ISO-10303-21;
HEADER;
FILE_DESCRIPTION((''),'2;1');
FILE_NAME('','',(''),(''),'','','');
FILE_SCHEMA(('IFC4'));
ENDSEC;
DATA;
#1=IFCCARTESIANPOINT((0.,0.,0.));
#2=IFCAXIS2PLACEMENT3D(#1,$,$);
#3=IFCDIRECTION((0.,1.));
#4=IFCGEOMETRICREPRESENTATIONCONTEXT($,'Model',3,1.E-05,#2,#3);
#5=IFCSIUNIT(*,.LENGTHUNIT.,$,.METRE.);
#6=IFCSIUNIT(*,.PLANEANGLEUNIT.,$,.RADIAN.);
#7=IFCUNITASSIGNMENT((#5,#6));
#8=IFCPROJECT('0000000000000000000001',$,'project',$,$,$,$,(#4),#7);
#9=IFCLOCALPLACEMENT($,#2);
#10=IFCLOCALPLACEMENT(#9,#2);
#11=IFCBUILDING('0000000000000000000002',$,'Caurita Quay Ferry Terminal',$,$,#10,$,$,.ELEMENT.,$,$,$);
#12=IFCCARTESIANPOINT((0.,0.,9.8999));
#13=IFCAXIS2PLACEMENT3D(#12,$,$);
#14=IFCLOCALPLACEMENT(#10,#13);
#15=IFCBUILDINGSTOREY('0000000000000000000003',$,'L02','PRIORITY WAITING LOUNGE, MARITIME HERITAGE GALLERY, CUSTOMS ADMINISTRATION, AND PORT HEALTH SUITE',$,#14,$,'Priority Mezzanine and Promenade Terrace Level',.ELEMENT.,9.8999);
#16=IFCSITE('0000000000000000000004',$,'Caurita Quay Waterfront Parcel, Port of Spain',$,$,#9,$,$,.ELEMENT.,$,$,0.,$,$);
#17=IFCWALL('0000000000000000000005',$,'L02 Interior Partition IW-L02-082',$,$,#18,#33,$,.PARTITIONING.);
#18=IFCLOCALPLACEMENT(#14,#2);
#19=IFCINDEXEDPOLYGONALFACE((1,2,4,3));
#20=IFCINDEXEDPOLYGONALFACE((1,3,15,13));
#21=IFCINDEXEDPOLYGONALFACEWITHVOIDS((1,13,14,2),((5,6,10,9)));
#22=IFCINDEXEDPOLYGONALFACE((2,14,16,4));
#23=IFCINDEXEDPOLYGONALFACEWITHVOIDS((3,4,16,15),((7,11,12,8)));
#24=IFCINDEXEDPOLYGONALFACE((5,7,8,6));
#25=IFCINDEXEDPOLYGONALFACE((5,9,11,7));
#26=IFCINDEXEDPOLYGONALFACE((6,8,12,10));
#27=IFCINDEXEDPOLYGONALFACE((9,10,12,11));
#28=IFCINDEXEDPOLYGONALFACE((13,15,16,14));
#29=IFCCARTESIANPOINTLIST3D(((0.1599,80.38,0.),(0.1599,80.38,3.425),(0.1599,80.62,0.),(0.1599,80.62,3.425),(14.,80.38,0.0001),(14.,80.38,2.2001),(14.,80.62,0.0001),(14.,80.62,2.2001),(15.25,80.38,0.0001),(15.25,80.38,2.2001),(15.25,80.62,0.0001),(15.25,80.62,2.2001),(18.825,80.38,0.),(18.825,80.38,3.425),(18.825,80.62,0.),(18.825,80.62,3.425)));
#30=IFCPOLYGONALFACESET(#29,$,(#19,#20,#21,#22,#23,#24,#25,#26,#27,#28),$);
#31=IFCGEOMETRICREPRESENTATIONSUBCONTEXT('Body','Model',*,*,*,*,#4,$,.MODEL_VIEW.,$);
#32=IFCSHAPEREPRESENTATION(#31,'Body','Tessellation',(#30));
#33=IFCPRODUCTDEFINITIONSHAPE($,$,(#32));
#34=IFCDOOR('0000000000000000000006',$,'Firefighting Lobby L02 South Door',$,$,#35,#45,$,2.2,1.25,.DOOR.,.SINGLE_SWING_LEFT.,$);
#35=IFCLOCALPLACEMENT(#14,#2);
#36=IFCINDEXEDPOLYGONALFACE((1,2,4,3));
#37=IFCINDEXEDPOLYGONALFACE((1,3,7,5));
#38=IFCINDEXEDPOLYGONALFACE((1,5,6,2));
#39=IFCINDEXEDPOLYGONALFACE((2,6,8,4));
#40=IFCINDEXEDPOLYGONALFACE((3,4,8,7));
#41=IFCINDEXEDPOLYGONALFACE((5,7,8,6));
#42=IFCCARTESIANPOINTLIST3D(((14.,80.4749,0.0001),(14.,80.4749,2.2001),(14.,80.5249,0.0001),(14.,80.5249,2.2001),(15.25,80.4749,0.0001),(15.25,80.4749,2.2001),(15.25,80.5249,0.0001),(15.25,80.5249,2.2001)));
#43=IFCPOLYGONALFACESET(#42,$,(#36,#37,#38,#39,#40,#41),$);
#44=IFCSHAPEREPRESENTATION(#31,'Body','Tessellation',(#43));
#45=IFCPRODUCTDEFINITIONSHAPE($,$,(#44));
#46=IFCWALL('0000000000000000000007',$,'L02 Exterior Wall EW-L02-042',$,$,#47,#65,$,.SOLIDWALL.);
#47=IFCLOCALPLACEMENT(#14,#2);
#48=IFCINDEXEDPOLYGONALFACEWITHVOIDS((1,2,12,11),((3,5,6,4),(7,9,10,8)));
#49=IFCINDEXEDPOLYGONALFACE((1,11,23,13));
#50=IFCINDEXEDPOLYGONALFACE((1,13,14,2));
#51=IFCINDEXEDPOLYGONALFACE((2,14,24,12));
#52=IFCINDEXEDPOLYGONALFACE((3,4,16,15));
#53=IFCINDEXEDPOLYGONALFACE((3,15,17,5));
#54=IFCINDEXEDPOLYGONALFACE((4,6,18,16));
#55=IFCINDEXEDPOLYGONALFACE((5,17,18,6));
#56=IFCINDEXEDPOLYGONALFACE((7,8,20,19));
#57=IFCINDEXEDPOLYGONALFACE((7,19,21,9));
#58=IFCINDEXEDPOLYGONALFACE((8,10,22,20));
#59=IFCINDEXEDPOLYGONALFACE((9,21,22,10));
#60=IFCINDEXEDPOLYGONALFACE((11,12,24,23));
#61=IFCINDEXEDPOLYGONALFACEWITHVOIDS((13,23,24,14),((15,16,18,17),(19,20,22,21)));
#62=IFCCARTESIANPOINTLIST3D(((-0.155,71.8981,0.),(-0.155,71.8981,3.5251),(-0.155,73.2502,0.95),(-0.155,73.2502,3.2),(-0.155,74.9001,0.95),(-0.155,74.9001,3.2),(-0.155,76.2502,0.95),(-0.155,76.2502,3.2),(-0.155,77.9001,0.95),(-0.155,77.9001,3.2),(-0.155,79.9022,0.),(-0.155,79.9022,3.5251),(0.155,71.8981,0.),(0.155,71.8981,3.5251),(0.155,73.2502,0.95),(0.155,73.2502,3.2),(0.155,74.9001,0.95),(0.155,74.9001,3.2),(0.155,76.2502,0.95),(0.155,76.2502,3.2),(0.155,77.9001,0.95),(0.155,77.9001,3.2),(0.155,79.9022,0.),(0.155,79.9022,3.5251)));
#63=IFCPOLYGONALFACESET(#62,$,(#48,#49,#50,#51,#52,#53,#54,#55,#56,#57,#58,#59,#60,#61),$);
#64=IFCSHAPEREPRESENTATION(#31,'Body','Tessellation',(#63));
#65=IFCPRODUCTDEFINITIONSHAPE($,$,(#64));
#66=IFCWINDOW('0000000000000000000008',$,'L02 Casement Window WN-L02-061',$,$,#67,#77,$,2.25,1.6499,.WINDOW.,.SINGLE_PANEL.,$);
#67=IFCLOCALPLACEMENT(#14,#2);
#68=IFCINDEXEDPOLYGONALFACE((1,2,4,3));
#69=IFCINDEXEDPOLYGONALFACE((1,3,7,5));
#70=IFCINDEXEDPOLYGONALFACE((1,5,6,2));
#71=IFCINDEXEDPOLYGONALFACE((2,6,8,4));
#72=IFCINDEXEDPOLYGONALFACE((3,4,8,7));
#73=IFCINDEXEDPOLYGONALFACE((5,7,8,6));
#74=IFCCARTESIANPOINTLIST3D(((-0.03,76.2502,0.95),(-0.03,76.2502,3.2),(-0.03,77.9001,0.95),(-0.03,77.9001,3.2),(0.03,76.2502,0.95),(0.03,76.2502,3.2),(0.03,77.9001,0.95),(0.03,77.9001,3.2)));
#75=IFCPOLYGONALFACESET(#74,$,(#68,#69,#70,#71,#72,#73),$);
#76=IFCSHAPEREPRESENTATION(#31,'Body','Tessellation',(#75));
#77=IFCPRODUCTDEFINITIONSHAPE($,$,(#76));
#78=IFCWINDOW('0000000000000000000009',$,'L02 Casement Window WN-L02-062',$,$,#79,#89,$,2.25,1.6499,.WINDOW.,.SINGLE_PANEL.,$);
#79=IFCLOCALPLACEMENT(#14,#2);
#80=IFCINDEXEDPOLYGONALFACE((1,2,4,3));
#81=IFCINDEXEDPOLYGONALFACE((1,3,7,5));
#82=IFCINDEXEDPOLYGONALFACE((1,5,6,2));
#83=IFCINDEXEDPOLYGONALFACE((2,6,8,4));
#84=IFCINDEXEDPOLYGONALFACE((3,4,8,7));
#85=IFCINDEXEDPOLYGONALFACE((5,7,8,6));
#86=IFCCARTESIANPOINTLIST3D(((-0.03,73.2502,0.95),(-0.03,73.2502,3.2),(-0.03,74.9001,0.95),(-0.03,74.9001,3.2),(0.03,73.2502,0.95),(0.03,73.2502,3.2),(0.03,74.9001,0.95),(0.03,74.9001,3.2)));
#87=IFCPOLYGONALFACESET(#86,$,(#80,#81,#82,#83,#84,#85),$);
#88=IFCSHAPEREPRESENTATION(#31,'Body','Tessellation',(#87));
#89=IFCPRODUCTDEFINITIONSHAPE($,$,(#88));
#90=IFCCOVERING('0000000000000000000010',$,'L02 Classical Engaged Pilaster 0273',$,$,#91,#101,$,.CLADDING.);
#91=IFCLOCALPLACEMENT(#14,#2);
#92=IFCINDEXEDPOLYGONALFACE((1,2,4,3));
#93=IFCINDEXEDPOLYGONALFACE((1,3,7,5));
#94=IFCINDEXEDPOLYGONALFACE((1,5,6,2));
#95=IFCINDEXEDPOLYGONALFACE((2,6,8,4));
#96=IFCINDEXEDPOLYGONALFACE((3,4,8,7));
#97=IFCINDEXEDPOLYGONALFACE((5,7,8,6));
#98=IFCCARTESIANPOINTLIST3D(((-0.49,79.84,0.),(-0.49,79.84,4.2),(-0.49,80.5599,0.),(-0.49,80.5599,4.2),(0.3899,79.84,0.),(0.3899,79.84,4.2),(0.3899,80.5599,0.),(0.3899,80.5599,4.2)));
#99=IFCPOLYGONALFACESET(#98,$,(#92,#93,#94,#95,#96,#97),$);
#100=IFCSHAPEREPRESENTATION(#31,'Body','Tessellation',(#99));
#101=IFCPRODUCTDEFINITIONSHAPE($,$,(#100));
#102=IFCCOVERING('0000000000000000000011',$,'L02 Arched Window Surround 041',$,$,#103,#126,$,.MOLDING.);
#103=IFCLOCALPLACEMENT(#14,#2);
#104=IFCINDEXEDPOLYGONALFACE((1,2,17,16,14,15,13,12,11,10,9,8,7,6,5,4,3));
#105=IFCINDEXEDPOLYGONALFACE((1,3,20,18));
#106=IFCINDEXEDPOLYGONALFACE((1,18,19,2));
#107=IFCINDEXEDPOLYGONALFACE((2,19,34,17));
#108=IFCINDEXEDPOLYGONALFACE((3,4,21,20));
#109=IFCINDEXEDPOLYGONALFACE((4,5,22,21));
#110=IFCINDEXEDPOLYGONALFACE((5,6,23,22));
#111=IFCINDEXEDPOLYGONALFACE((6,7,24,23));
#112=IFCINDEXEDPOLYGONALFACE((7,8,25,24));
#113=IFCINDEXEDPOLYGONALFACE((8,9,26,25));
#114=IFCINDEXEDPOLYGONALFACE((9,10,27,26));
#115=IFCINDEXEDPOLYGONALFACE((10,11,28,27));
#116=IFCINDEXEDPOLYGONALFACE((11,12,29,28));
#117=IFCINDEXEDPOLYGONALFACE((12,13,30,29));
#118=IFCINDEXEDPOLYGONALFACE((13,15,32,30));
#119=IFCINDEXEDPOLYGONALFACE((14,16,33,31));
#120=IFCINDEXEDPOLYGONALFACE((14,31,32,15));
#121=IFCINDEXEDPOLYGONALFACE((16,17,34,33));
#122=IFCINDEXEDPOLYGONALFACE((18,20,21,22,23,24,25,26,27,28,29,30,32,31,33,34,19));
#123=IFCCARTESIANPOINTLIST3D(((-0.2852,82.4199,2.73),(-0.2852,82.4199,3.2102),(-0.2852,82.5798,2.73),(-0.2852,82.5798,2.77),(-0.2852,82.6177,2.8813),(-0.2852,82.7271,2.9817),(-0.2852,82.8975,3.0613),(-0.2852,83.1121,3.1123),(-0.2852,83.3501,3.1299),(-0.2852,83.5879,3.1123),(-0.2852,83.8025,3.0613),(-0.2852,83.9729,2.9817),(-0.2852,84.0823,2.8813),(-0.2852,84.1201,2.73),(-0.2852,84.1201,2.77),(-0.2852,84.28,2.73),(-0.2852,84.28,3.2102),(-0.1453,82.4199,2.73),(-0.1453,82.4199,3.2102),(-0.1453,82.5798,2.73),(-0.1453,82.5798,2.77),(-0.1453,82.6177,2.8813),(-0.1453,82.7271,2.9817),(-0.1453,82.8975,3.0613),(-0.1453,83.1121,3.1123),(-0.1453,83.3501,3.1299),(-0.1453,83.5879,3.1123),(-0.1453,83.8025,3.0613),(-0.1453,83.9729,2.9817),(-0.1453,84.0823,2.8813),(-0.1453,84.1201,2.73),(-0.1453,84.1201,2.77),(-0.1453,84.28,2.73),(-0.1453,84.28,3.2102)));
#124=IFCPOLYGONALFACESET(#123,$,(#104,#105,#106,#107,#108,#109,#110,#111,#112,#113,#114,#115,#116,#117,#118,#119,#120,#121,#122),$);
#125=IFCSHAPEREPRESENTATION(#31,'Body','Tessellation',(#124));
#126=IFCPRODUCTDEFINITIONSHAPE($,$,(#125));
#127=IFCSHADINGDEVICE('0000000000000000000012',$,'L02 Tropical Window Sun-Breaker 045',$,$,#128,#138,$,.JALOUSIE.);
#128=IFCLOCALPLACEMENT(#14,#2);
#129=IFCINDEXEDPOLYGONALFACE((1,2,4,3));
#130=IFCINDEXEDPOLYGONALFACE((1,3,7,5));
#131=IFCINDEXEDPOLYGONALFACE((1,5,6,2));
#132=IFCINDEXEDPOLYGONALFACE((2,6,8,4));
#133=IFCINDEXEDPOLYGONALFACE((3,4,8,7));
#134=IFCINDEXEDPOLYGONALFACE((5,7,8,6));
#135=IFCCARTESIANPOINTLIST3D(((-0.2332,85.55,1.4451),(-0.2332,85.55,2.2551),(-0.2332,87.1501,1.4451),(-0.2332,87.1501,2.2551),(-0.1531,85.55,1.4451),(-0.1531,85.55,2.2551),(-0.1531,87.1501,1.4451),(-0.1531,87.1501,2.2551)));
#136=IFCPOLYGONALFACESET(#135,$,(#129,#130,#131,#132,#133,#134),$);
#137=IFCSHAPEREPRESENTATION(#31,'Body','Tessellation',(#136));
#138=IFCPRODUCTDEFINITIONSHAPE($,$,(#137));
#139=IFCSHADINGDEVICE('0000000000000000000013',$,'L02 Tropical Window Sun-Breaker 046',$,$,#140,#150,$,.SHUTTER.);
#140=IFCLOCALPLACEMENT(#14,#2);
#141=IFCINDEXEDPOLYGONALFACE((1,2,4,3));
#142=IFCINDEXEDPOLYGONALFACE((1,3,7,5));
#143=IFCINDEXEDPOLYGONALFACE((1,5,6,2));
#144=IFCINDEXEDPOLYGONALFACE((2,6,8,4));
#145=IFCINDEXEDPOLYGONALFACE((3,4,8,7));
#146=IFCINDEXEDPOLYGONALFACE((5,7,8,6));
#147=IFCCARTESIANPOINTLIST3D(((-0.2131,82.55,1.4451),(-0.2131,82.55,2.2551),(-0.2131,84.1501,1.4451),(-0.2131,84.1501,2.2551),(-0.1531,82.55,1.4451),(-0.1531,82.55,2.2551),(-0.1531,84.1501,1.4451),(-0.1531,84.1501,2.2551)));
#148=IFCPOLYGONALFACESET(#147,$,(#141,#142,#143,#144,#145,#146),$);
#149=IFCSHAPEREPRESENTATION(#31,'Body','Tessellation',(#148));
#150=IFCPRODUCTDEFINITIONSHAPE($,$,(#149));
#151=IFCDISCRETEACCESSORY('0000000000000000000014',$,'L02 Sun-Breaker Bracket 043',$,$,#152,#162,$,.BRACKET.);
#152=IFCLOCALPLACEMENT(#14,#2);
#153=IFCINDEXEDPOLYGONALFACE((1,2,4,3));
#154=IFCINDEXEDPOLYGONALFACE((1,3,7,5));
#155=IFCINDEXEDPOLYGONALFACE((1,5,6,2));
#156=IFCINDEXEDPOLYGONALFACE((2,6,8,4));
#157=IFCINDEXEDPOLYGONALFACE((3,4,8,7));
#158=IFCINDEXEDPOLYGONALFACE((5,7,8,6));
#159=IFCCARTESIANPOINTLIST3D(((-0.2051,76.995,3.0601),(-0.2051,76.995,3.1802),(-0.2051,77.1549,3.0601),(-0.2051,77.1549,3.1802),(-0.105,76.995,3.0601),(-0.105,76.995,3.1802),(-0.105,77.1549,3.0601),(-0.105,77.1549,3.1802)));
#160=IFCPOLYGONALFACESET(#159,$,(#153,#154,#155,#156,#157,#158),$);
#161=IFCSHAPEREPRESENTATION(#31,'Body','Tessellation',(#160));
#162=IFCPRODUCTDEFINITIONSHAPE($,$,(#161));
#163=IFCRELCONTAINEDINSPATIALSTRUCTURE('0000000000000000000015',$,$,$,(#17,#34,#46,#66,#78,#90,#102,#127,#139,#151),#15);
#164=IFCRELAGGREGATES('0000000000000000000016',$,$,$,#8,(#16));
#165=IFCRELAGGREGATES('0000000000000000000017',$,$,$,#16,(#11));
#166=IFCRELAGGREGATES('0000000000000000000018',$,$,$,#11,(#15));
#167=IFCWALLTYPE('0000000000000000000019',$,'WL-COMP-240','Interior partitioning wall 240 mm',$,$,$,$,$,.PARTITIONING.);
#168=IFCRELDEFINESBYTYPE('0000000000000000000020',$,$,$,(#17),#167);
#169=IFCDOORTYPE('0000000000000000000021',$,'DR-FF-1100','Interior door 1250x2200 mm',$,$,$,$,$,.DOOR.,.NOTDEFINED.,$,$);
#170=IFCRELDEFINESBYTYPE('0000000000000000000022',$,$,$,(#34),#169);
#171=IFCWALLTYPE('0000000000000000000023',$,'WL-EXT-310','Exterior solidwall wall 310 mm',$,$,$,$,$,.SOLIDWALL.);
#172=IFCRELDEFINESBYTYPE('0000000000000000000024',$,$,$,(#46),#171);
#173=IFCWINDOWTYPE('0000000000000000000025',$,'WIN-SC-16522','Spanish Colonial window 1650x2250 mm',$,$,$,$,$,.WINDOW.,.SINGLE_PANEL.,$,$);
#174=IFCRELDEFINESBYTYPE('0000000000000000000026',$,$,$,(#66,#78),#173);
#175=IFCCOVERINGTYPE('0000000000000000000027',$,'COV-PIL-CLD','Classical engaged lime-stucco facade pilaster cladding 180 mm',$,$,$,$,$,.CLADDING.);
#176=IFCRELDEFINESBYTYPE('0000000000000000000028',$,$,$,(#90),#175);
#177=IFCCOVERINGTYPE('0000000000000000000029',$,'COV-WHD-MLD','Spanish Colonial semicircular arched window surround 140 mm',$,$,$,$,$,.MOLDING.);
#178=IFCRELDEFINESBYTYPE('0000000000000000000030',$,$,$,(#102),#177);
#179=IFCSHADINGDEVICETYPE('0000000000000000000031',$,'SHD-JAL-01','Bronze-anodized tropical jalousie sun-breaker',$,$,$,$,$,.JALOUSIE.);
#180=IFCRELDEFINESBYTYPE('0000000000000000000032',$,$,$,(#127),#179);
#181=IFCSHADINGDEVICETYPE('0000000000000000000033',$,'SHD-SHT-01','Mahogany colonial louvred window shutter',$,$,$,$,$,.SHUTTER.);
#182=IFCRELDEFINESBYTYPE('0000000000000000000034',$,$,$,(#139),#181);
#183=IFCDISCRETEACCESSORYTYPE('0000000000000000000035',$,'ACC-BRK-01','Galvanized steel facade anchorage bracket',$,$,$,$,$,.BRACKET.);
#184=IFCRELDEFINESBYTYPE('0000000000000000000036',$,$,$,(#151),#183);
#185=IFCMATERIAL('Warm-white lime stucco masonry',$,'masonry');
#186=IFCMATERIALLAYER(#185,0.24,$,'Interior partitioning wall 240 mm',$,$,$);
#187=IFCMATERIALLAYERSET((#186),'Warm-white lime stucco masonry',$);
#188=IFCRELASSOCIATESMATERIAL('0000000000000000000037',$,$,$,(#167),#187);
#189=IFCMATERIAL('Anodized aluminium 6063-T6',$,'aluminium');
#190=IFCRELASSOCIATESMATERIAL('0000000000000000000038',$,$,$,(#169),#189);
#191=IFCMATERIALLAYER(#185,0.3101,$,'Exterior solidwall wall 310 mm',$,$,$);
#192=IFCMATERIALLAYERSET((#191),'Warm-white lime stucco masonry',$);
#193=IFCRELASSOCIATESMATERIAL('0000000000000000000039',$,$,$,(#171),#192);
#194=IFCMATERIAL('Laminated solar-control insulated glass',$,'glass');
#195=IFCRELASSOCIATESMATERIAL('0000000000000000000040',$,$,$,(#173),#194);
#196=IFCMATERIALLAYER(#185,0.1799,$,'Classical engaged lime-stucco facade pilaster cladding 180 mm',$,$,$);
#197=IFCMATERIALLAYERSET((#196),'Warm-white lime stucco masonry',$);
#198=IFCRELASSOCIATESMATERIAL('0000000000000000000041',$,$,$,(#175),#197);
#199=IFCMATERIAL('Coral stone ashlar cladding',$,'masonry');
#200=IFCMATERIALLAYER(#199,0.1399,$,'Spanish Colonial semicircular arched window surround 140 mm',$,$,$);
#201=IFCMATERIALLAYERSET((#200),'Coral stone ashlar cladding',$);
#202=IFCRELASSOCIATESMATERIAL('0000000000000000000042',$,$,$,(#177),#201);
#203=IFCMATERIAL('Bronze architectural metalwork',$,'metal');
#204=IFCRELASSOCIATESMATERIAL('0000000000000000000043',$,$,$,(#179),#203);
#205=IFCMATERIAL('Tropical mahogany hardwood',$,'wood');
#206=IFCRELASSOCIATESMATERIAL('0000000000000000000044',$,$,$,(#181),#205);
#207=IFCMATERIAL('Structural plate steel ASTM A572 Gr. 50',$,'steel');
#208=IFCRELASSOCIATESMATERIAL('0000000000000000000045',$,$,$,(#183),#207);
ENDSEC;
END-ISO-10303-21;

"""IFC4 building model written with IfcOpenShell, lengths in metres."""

from ifc_helpers import new_model, si_unit, direction, frame, frame_2d, origin, origin_2d, place, context, subcontext, project, spatial, polyline, rectangle, outline, extrude, material, layer, layer_set, type_object, element, fill, save


model = new_model("IFC4")

# Units and contexts
model_context = context("Model", 3, precision=1e-05, world=origin(), true_north=direction((0.0, 1.0)))
body_context = subcontext(model_context, "Body", "Model", "MODEL_VIEW")
ifc_project = project(units=[si_unit("LENGTHUNIT", "METRE"), si_unit("PLANEANGLEUNIT", "RADIAN")], contexts=[model_context])

# Site, building, storey
site_placement = place(None, origin())
site = spatial("IfcSite", under=ifc_project, at=site_placement, Name="Caurita Quay Waterfront Parcel, Port of Spain", CompositionType="ELEMENT", RefElevation=0.0)
building_placement = place(site_placement, origin())
building = spatial("IfcBuilding", under=site, at=building_placement, Name="Caurita Quay Ferry Terminal", CompositionType="ELEMENT")
storey_placement = place(building_placement, frame((0.0, 0.0, 9.8999)))
storey = spatial("IfcBuildingStorey", under=building, at=storey_placement, Name="L02", Description="PRIORITY WAITING LOUNGE, MARITIME HERITAGE GALLERY, CUSTOMS ADMINISTRATION, AND PORT HEALTH SUITE", LongName="Priority Mezzanine and Promenade Terrace Level", CompositionType="ELEMENT", Elevation=9.8999)

# Wall, opening, door
ifc_material_1 = material(Name="Warm-white lime stucco masonry", Category="masonry")
ifc_layer_1 = layer(ifc_material_1, 0.24, Name="Interior partitioning wall 240 mm")
ifc_layer_set_1 = layer_set([ifc_layer_1], Name="Warm-white lime stucco masonry")
wall_type_1 = type_object("IfcWallType", Name="WL-COMP-240", Description="Interior partitioning wall 240 mm", PredefinedType="PARTITIONING", material=ifc_layer_set_1)
wall_1_placement = place(storey_placement, frame((0.1599, 80.5, 0.0), z_axis=(0.0, 0.0, 1.0), x_axis=(1.0, 0.0, 0.0)))
wall_1 = element("IfcWall", 1, at=wall_1_placement, inside=storey, type_object=wall_type_1, Name="L02 Interior Partition IW-L02-082", PredefinedType="PARTITIONING", context=body_context, shape_type="SweptSolid", body=[
    extrude(rectangle(XDim=18.665, YDim=0.24, at=frame_2d((9.3325, 0.0))), origin(), (0.0, 0.0, 1.0), 3.425),
])
opening_1_placement = place(wall_1_placement, frame((13.8401, 0.0, 0.0)))
opening_1 = element("IfcOpeningElement", 2, at=opening_1_placement, cuts=wall_1, PredefinedType="OPENING", context=body_context, shape_type="SweptSolid", body=[
    extrude(rectangle(XDim=1.25, YDim=2.2, at=frame_2d((0.625, 1.1001))), frame((0.0, 0.1299, 0.0), z_axis=(0.0, -1.0, 0.0), x_axis=(1.0, 0.0, 0.0)), (0.0, 0.0, 1.0), 0.26),
])
ifc_material_2 = material(Name="Anodized aluminium 6063-T6", Category="aluminium")
door_type = type_object("IfcDoorType", Name="DR-FF-1100", Description="Interior door 1250x2200 mm", OperationType="NOTDEFINED", PredefinedType="DOOR", material=ifc_material_2)
door_placement = place(opening_1_placement, origin())
door = element("IfcDoor", 3, at=door_placement, inside=storey, type_object=door_type, Name="Firefighting Lobby L02 South Door", OperationType="SINGLE_SWING_LEFT", OverallHeight=2.2, OverallWidth=1.25, PredefinedType="DOOR", context=body_context, shape_type="SweptSolid", body=[
    extrude(rectangle(XDim=1.25, YDim=2.2, at=frame_2d((0.625, 1.1001))), frame((0.0, 0.0249, 0.0), z_axis=(0.0, -1.0, 0.0), x_axis=(1.0, 0.0, 0.0)), (0.0, 0.0, 1.0), 0.05),
])
fill(opening_1, door)

# Wall, openings, windows
ifc_layer_2 = layer(ifc_material_1, 0.3101, Name="Exterior solidwall wall 310 mm")
ifc_layer_set_2 = layer_set([ifc_layer_2], Name="Warm-white lime stucco masonry")
wall_type_2 = type_object("IfcWallType", Name="WL-EXT-310", Description="Exterior solidwall wall 310 mm", PredefinedType="SOLIDWALL", material=ifc_layer_set_2)
wall_2_placement = place(storey_placement, frame((0.0, 79.9021, 0.0), z_axis=(0.0, 0.0, 1.0), x_axis=(0.0, -1.0, 0.0)))
wall_2 = element("IfcWall", 4, at=wall_2_placement, inside=storey, type_object=wall_type_2, Name="L02 Exterior Wall EW-L02-042", PredefinedType="SOLIDWALL", context=body_context, shape_type="SweptSolid", body=[
    extrude(rectangle(XDim=8.0042, YDim=0.3101, at=frame_2d((4.002, 0.0))), origin(), (0.0, 0.0, 1.0), 3.5251),
])
opening_2_placement = place(wall_2_placement, frame((2.002, 0.0, 0.95)))
opening_2 = element("IfcOpeningElement", 5, at=opening_2_placement, cuts=wall_2, PredefinedType="OPENING", context=body_context, shape_type="SweptSolid", body=[
    extrude(rectangle(XDim=1.6499, YDim=2.25, at=frame_2d((0.825, 1.125))), frame((0.0, 0.165, 0.0), z_axis=(0.0, -1.0, 0.0), x_axis=(1.0, 0.0, 0.0)), (0.0, 0.0, 1.0), 0.3301),
])
opening_3_placement = place(wall_2_placement, frame((5.002, 0.0, 0.95)))
opening_3 = element("IfcOpeningElement", 6, at=opening_3_placement, cuts=wall_2, PredefinedType="OPENING", context=body_context, shape_type="SweptSolid", body=[
    extrude(rectangle(XDim=1.6499, YDim=2.25, at=frame_2d((0.825, 1.125))), frame((0.0, 0.165, 0.0), z_axis=(0.0, -1.0, 0.0), x_axis=(1.0, 0.0, 0.0)), (0.0, 0.0, 1.0), 0.3301),
])
ifc_material_3 = material(Name="Laminated solar-control insulated glass", Category="glass")
window_type = type_object("IfcWindowType", Name="WIN-SC-16522", Description="Spanish Colonial window 1650x2250 mm", PartitioningType="SINGLE_PANEL", PredefinedType="WINDOW", material=ifc_material_3)
window_1_placement = place(opening_2_placement, origin())
window_1 = element("IfcWindow", 7, at=window_1_placement, inside=storey, type_object=window_type, Name="L02 Casement Window WN-L02-061", OverallHeight=2.25, OverallWidth=1.6499, PartitioningType="SINGLE_PANEL", PredefinedType="WINDOW", context=body_context, shape_type="SweptSolid", body=[
    extrude(rectangle(XDim=1.6499, YDim=2.25, at=frame_2d((0.825, 1.125))), frame((0.0, 0.03, 0.0), z_axis=(0.0, -1.0, 0.0), x_axis=(1.0, 0.0, 0.0)), (0.0, 0.0, 1.0), 0.0601),
])
fill(opening_2, window_1)
window_2_placement = place(opening_3_placement, origin())
window_2 = element("IfcWindow", 8, at=window_2_placement, inside=storey, type_object=window_type, Name="L02 Casement Window WN-L02-062", OverallHeight=2.25, OverallWidth=1.6499, PartitioningType="SINGLE_PANEL", PredefinedType="WINDOW", context=body_context, shape_type="SweptSolid", body=[
    extrude(rectangle(XDim=1.6499, YDim=2.25, at=frame_2d((0.825, 1.125))), frame((0.0, 0.03, 0.0), z_axis=(0.0, -1.0, 0.0), x_axis=(1.0, 0.0, 0.0)), (0.0, 0.0, 1.0), 0.0601),
])
fill(opening_3, window_2)

# Coverings
ifc_layer_3 = layer(ifc_material_1, 0.1799, Name="Classical engaged lime-stucco facade pilaster cladding 180 mm")
ifc_layer_set_3 = layer_set([ifc_layer_3], Name="Warm-white lime stucco masonry")
covering_type_1 = type_object("IfcCoveringType", Name="COV-PIL-CLD", Description="Classical engaged lime-stucco facade pilaster cladding 180 mm", PredefinedType="CLADDING", material=ifc_layer_set_3)
covering_1_placement = place(storey_placement, frame((-0.05, 80.2, 0.0), z_axis=(0.0, 0.0, 1.0), x_axis=(1.0, 0.0, 0.0)))
element("IfcCovering", 9, at=covering_1_placement, inside=storey, type_object=covering_type_1, Name="L02 Classical Engaged Pilaster 0273", PredefinedType="CLADDING", context=body_context, shape_type="SweptSolid", body=[
    extrude(rectangle(XDim=0.8799, YDim=0.72, at=origin_2d()), origin(), (0.0, 0.0, 1.0), 4.2),
])
ifc_material_4 = material(Name="Coral stone ashlar cladding", Category="masonry")
ifc_layer_4 = layer(ifc_material_4, 0.1399, Name="Spanish Colonial semicircular arched window surround 140 mm")
ifc_layer_set_4 = layer_set([ifc_layer_4], Name="Coral stone ashlar cladding")
covering_type_2 = type_object("IfcCoveringType", Name="COV-WHD-MLD", Description="Spanish Colonial semicircular arched window surround 140 mm", PredefinedType="MOLDING", material=ifc_layer_set_4)
covering_2_placement = place(storey_placement, frame((-0.2151, 84.28, 2.73), z_axis=(0.0, 0.0, 1.0), x_axis=(0.0, -1.0, 0.0)))
element("IfcCovering", 10, at=covering_2_placement, inside=storey, type_object=covering_type_2, Name="L02 Arched Window Surround 041", PredefinedType="MOLDING", context=body_context, shape_type="SweptSolid", body=[
    extrude(outline(polyline([(0.0, 0.0), (0.1599, 0.0), (0.1599, 0.04), (0.1978, 0.1514), (0.3071, 0.2517), (0.4775, 0.3313), (0.6921, 0.3823), (0.9299, 0.3999), (1.168, 0.3823), (1.3826, 0.3313), (1.553, 0.2517), (1.6624, 0.1514), (1.7002, 0.04), (1.7002, 0.0), (1.8601, 0.0), (1.8601, 0.4802), (0.0, 0.4802), (0.0, 0.0)])), frame((0.0, 0.0698, 0.0), z_axis=(0.0, -1.0, 0.0), x_axis=(1.0, 0.0, 0.0)), (0.0, 0.0, 1.0), 0.1399),
])

# Shading devices
ifc_material_5 = material(Name="Bronze architectural metalwork", Category="metal")
shading_device_type_1 = type_object("IfcShadingDeviceType", Name="SHD-JAL-01", Description="Bronze-anodized tropical jalousie sun-breaker", PredefinedType="JALOUSIE", material=ifc_material_5)
shading_device_1_placement = place(storey_placement, frame((-0.1931, 86.3501, 1.4451), z_axis=(0.0, 0.0, 1.0), x_axis=(0.0, -1.0, 0.0)))
element("IfcShadingDevice", 11, at=shading_device_1_placement, inside=storey, type_object=shading_device_type_1, Name="L02 Tropical Window Sun-Breaker 045", PredefinedType="JALOUSIE", context=body_context, shape_type="SweptSolid", body=[
    extrude(rectangle(XDim=1.6001, YDim=0.0801, at=origin_2d()), origin(), (0.0, 0.0, 1.0), 0.8101),
])
ifc_material_6 = material(Name="Tropical mahogany hardwood", Category="wood")
shading_device_type_2 = type_object("IfcShadingDeviceType", Name="SHD-SHT-01", Description="Mahogany colonial louvred window shutter", PredefinedType="SHUTTER", material=ifc_material_6)
shading_device_2_placement = place(storey_placement, frame((-0.1831, 83.3501, 1.4451), z_axis=(0.0, 0.0, 1.0), x_axis=(0.0, -1.0, 0.0)))
element("IfcShadingDevice", 12, at=shading_device_2_placement, inside=storey, type_object=shading_device_type_2, Name="L02 Tropical Window Sun-Breaker 046", PredefinedType="SHUTTER", context=body_context, shape_type="SweptSolid", body=[
    extrude(rectangle(XDim=1.6001, YDim=0.0601, at=origin_2d()), origin(), (0.0, 0.0, 1.0), 0.8101),
])

# Discrete accessory
ifc_material_7 = material(Name="Structural plate steel ASTM A572 Gr. 50", Category="steel")
discrete_accessory_type = type_object("IfcDiscreteAccessoryType", Name="ACC-BRK-01", Description="Galvanized steel facade anchorage bracket", PredefinedType="BRACKET", material=ifc_material_7)
for number, where, z_axis, x_axis, name in (
    (13, (-0.155, 77.075, 3.0601), (0.0, 0.0, 1.0), (0.0, -1.0, 0.0), "L02 Sun-Breaker Bracket 043"),
):
    element("IfcDiscreteAccessory", number, at=place(storey_placement, frame(where, z_axis=z_axis, x_axis=x_axis)), inside=storey, type_object=discrete_accessory_type, Name=name, PredefinedType="BRACKET", context=body_context, shape_type="SweptSolid", body=[
        extrude(rectangle(XDim=0.1599, YDim=0.1001, at=origin_2d()), origin(), (0.0, 0.0, 1.0), 0.1201),
    ])

save(model, "model.ifc")
